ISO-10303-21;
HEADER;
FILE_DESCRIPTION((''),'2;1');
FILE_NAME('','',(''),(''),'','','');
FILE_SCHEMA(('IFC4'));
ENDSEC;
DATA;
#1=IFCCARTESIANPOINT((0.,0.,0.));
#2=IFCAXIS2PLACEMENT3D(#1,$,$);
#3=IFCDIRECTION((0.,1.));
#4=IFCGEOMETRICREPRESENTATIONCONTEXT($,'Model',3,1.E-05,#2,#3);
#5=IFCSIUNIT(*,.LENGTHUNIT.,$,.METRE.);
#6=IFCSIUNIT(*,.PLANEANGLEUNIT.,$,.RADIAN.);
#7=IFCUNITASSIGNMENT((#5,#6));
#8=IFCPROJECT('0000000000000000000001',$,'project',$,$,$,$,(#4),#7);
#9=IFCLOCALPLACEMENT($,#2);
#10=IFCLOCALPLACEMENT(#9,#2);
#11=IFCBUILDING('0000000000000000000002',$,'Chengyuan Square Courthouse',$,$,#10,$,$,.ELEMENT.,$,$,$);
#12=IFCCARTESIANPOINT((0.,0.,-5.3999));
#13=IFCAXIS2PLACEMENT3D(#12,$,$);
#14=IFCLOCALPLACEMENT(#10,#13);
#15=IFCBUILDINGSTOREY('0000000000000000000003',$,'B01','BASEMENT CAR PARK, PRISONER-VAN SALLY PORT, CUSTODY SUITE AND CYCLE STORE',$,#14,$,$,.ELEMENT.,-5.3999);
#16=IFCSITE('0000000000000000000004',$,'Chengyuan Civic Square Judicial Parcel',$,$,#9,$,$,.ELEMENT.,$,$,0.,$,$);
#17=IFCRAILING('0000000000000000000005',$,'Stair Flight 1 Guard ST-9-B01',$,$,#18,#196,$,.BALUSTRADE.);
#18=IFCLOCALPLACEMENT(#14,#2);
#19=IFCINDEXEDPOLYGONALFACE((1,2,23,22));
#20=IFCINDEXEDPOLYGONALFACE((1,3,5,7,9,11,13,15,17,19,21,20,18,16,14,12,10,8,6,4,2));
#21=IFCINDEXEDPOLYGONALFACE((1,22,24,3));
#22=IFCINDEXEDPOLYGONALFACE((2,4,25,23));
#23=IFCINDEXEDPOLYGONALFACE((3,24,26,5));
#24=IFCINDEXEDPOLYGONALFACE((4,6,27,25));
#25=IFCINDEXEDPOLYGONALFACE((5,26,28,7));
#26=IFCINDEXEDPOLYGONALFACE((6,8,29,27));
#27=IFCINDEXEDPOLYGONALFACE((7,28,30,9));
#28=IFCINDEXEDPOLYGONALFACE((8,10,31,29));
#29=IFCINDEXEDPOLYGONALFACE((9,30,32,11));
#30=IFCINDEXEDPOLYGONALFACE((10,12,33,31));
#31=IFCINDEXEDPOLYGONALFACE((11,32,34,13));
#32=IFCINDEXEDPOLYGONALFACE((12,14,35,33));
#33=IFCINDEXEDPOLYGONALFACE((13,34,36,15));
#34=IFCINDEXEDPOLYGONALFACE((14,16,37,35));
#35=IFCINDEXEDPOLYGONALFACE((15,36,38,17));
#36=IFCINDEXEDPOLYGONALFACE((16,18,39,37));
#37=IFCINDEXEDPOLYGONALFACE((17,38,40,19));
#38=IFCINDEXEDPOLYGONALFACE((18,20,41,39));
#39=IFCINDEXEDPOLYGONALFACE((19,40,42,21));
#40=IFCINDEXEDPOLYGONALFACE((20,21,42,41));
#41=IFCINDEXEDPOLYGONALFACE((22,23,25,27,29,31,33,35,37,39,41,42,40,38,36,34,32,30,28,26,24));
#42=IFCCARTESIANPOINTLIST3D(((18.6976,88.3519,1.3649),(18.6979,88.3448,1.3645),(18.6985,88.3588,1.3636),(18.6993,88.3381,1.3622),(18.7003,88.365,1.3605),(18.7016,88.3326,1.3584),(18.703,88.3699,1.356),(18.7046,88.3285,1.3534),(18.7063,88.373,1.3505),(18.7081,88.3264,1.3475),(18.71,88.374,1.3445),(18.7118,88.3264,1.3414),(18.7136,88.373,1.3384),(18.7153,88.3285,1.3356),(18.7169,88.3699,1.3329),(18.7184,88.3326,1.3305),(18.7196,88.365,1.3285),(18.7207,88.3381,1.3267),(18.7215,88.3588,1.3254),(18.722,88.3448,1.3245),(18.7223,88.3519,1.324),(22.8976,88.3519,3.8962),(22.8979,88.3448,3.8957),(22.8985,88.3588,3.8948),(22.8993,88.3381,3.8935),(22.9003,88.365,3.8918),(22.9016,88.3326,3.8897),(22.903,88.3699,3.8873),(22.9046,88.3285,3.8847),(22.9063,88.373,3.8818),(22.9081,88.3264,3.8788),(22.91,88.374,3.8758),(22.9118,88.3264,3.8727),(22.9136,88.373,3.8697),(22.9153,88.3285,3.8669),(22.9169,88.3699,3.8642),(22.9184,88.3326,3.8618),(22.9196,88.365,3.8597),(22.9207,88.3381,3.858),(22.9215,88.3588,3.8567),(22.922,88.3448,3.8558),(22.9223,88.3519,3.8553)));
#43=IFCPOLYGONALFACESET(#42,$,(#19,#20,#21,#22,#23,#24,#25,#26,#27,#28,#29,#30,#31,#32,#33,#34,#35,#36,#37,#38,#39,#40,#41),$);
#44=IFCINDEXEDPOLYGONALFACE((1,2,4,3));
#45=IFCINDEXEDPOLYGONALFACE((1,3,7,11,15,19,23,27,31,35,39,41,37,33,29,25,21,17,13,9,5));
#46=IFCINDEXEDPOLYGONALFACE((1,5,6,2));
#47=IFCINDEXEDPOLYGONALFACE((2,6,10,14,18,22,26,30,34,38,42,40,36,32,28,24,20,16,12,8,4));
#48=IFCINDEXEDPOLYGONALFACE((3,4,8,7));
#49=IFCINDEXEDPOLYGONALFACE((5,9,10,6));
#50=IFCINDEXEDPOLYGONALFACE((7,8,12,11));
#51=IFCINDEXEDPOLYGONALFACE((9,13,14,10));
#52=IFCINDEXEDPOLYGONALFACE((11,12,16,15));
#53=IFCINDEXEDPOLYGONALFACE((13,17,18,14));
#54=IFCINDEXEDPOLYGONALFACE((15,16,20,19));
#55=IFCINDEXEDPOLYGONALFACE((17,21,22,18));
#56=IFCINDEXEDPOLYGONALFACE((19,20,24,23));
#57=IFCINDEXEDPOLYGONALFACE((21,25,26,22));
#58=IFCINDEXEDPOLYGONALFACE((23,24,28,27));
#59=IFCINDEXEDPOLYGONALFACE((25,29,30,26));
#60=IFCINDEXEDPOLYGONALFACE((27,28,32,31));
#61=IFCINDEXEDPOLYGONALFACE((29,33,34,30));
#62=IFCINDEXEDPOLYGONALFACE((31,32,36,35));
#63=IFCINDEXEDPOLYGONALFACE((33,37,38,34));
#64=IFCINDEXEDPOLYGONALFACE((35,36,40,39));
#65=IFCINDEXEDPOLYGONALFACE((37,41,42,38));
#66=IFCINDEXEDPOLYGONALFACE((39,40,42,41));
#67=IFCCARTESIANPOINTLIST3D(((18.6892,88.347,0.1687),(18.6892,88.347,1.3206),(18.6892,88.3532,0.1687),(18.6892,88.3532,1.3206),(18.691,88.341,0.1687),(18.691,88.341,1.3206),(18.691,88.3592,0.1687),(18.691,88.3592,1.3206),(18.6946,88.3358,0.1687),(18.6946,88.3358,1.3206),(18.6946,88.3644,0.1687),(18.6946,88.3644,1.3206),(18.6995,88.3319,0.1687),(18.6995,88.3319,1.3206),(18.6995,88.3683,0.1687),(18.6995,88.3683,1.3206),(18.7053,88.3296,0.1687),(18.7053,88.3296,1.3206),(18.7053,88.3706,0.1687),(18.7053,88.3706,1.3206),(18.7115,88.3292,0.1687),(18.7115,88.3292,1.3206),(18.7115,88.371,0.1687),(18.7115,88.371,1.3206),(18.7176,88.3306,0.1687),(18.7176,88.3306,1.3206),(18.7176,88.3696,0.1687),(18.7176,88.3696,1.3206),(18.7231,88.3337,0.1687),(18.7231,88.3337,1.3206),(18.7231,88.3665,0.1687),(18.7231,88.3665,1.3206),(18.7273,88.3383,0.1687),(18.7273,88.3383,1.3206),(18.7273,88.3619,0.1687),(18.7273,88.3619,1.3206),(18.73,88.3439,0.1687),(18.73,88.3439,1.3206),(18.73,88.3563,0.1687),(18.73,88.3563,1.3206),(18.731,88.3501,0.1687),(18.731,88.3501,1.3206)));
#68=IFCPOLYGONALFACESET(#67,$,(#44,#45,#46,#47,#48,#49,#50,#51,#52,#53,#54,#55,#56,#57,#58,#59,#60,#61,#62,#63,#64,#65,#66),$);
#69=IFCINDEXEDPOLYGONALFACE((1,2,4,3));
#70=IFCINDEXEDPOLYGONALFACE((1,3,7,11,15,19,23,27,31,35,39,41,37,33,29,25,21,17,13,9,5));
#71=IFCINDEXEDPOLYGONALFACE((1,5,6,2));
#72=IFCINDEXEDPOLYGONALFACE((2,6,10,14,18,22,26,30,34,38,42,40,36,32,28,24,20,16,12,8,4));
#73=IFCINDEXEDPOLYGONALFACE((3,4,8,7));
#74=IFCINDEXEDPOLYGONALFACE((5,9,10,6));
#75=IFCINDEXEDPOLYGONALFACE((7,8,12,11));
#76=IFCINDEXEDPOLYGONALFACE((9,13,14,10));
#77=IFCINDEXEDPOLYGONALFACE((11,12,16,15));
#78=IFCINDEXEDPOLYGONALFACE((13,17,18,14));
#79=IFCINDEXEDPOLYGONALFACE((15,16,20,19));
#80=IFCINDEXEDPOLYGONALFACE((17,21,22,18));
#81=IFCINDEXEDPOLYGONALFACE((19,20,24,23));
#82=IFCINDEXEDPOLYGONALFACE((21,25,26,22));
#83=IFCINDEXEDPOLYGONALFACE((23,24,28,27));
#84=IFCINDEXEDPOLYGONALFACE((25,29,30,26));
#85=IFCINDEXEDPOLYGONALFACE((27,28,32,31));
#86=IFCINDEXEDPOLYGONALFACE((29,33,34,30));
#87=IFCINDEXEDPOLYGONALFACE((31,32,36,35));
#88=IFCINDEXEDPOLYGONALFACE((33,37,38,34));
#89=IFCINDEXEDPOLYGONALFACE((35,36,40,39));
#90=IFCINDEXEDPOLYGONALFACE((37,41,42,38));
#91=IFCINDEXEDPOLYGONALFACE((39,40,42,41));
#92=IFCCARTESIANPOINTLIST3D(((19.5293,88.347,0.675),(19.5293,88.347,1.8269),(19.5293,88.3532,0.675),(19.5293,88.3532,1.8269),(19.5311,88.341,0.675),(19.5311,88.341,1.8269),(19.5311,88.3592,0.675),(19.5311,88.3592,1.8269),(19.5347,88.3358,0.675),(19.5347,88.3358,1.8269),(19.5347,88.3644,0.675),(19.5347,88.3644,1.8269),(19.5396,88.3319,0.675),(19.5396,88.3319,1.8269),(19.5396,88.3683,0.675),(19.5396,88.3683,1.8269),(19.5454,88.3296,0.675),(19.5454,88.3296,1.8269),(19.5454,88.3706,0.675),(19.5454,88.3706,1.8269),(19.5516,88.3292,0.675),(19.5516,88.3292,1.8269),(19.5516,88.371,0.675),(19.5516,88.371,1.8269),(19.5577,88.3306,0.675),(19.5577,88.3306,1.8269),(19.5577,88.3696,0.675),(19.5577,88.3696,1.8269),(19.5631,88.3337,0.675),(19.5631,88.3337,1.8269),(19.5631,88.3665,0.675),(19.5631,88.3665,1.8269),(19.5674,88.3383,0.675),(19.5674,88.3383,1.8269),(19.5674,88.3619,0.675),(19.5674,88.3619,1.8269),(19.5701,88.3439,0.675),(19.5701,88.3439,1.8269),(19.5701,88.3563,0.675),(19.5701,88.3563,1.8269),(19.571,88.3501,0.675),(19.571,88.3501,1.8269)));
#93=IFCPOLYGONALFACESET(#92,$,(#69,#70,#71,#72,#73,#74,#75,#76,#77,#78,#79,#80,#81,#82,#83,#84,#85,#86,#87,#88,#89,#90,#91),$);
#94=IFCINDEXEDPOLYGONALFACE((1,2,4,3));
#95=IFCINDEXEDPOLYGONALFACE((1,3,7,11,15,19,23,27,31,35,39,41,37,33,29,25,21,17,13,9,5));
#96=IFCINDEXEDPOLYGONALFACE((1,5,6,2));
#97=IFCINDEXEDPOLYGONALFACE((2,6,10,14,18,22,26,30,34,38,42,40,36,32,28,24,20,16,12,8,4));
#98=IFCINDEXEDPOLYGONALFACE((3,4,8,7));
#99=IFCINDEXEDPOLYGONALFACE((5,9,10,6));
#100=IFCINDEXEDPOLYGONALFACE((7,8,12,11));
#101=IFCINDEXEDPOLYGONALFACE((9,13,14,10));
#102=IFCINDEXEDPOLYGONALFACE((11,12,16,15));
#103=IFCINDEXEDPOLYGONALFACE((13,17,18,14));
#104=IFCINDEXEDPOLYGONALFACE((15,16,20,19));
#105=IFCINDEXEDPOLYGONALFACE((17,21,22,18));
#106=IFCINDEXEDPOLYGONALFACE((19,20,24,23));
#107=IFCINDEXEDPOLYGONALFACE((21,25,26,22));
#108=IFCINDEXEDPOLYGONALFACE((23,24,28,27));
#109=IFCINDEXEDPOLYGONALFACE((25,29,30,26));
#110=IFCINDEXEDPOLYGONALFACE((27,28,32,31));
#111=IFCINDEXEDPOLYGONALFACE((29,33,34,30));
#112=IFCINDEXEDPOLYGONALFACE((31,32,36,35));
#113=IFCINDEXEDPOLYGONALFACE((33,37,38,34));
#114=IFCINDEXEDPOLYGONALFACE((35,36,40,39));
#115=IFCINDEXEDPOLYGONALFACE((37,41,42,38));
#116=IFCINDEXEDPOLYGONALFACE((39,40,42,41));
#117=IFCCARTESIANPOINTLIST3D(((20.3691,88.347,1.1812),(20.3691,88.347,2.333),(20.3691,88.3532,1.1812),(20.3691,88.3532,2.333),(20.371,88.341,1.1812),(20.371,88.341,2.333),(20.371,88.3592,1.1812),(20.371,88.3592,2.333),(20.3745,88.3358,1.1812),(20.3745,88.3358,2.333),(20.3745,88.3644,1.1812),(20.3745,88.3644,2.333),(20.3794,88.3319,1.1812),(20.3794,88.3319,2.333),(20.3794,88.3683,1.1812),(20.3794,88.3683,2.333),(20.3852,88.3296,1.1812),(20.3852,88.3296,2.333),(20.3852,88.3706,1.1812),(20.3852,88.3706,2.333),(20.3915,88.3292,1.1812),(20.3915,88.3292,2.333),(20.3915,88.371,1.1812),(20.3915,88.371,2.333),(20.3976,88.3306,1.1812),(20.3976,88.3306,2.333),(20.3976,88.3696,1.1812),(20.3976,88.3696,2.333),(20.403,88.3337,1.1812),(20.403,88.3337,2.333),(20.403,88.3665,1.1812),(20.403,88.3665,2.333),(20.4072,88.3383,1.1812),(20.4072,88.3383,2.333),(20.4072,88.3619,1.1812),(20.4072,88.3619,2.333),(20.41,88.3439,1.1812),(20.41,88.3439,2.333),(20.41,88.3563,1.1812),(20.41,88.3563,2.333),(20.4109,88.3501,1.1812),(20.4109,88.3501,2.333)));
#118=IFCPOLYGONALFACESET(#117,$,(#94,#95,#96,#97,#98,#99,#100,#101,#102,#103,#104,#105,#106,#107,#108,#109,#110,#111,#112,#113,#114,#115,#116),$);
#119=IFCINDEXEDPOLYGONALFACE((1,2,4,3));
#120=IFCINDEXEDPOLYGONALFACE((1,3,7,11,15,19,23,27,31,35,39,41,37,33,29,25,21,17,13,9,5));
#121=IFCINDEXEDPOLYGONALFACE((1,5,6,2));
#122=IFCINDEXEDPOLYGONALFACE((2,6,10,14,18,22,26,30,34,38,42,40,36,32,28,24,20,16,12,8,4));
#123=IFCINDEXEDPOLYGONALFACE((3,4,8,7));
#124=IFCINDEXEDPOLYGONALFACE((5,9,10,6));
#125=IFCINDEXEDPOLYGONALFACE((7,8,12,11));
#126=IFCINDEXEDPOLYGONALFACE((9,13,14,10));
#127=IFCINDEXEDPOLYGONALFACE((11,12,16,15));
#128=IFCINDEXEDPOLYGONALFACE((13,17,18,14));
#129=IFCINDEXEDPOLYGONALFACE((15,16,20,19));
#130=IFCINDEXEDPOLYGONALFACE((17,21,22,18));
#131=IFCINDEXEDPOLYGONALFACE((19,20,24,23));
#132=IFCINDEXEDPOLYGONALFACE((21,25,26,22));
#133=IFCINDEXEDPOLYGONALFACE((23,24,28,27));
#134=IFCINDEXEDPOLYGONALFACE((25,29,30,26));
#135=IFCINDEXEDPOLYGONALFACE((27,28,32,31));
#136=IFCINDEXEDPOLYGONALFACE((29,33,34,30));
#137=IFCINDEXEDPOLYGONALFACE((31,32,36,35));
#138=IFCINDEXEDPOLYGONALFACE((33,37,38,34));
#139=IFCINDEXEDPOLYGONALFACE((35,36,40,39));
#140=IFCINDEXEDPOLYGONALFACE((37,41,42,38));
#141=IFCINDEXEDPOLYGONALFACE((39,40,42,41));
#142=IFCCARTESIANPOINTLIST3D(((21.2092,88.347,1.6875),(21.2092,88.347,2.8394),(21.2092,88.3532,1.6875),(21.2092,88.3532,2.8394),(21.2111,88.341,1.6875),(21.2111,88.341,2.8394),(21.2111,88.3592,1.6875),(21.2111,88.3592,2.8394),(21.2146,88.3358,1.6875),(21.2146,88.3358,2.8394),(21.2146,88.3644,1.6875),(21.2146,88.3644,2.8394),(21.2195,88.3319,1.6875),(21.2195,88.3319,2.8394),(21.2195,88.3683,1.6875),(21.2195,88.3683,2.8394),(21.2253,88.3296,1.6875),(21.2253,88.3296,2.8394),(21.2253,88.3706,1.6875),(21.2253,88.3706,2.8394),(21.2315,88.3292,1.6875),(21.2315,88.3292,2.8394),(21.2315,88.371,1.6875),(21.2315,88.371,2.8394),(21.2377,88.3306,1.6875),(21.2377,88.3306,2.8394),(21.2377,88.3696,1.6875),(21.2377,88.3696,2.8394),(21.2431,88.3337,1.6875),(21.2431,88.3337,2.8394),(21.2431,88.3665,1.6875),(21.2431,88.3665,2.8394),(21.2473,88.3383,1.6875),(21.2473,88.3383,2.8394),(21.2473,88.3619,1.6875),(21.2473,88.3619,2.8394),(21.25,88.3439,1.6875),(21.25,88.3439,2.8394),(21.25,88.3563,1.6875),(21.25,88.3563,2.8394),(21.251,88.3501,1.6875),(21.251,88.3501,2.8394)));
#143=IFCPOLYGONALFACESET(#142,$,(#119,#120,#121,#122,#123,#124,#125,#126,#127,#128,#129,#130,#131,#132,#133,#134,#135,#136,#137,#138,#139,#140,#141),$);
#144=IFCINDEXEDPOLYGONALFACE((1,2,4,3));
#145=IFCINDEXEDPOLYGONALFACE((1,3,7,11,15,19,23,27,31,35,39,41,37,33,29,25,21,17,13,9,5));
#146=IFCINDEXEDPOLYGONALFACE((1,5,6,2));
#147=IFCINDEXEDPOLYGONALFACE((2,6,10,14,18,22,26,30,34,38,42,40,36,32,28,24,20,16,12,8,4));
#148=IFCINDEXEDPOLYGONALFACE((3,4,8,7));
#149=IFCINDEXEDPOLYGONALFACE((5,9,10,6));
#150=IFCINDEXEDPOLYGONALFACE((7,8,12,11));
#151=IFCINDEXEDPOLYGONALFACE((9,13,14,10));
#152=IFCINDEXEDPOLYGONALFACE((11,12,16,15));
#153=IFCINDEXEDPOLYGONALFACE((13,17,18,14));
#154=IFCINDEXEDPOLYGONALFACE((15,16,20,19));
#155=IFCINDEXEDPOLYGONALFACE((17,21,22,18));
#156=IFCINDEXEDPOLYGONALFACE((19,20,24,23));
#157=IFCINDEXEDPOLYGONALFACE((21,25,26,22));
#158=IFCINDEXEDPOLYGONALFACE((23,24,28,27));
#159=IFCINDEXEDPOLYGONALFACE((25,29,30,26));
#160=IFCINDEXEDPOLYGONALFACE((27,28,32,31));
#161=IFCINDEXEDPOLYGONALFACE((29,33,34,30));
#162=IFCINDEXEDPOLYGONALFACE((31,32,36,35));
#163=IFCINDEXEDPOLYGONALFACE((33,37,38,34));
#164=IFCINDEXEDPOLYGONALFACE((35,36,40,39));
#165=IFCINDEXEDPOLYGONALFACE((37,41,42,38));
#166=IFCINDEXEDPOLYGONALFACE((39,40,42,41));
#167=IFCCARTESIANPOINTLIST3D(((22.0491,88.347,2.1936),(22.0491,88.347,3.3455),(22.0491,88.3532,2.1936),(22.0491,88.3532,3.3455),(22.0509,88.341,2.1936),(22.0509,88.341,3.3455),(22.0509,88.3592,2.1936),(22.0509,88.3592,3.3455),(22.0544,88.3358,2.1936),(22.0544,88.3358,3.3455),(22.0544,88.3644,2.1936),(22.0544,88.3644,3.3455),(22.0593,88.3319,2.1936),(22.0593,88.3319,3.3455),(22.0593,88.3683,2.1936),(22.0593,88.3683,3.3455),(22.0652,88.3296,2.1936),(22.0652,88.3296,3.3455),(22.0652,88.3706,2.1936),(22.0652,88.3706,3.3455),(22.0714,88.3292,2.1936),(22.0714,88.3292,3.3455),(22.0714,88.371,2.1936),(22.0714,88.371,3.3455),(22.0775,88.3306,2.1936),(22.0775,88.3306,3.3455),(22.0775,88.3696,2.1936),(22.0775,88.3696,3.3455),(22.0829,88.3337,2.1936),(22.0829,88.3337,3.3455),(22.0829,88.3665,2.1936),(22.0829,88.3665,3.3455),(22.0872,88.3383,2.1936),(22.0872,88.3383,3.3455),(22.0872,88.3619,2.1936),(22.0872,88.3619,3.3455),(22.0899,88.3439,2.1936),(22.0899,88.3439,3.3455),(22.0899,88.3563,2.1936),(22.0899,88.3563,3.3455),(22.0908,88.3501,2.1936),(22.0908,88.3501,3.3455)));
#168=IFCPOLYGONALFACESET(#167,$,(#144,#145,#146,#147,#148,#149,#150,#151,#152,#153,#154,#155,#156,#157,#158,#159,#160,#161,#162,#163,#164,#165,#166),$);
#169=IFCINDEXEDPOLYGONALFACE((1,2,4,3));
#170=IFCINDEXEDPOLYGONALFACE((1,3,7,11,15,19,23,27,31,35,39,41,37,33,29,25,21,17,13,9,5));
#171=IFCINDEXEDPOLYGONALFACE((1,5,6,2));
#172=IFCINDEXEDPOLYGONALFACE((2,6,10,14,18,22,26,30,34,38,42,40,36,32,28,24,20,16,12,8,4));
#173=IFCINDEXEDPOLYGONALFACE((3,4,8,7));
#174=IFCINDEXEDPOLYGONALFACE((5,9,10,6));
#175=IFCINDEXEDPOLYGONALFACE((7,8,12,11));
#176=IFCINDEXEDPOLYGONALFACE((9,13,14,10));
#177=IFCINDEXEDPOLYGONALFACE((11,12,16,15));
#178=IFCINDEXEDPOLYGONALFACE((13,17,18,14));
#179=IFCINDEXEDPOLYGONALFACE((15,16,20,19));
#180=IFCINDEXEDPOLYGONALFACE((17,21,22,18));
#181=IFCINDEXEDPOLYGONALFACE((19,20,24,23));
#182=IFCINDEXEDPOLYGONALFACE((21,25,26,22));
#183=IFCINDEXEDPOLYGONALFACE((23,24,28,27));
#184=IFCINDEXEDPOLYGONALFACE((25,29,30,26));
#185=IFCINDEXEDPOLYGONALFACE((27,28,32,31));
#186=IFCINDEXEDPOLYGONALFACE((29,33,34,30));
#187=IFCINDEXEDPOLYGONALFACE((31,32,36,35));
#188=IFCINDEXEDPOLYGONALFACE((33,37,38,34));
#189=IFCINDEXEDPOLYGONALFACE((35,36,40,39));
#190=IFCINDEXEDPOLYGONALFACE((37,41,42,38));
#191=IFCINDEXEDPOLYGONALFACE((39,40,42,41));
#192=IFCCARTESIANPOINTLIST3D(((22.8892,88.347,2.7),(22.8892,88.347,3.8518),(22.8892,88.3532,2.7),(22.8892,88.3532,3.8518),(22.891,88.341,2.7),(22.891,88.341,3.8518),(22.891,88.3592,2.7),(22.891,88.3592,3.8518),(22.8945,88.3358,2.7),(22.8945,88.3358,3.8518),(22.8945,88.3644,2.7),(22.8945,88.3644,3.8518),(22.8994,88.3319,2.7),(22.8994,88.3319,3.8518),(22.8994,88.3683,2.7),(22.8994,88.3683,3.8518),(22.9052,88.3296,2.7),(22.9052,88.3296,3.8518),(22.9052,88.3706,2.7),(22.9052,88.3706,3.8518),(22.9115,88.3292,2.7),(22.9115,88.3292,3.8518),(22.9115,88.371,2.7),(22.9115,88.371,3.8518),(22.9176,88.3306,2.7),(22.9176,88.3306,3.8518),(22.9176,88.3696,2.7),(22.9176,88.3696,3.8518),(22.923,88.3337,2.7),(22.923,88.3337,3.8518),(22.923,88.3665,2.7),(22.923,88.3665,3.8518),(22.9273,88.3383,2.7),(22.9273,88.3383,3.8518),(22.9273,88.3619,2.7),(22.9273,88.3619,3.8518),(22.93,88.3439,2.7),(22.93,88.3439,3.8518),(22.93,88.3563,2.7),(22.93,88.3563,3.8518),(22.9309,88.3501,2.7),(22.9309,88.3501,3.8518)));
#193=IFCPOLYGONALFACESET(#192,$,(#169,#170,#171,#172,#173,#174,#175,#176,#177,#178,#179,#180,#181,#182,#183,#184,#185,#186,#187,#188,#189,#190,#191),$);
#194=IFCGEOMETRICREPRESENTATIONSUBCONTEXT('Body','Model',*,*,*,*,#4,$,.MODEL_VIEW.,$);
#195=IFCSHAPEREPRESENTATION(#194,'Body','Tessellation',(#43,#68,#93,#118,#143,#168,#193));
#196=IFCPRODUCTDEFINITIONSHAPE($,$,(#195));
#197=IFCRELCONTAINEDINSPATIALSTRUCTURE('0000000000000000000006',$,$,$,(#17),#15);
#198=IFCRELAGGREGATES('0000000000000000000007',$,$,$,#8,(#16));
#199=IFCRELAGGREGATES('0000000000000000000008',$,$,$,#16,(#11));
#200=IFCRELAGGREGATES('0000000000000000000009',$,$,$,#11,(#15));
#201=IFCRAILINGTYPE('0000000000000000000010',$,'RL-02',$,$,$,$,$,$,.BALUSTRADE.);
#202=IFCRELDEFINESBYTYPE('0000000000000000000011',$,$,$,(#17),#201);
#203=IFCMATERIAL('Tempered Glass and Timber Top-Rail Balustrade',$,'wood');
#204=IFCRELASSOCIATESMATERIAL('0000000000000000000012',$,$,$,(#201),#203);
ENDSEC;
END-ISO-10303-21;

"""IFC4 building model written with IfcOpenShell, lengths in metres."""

from ifc_helpers import new_model, si_unit, direction, frame, origin, origin_2d, place, context, subcontext, project, spatial, circle, extrude, material, type_object, element, save


model = new_model("IFC4")

# Units and contexts
model_context = context("Model", 3, precision=1e-05, world=origin(), true_north=direction((0.0, 1.0)))
body_context = subcontext(model_context, "Body", "Model", "MODEL_VIEW")
ifc_project = project(units=[si_unit("LENGTHUNIT", "METRE"), si_unit("PLANEANGLEUNIT", "RADIAN")], contexts=[model_context])

# Site, building, storey
site_placement = place(None, origin())
site = spatial("IfcSite", under=ifc_project, at=site_placement, Name="Chengyuan Civic Square Judicial Parcel", CompositionType="ELEMENT", RefElevation=0.0)
building_placement = place(site_placement, origin())
building = spatial("IfcBuilding", under=site, at=building_placement, Name="Chengyuan Square Courthouse", CompositionType="ELEMENT")
storey_placement = place(building_placement, frame((0.0, 0.0, -5.3999)))
storey = spatial("IfcBuildingStorey", under=building, at=storey_placement, Name="B01", Description="BASEMENT CAR PARK, PRISONER-VAN SALLY PORT, CUSTODY SUITE AND CYCLE STORE", CompositionType="ELEMENT", Elevation=-5.3999)

# Railing
ifc_material_1 = material(Name="Tempered Glass and Timber Top-Rail Balustrade", Category="wood")
railing_type_1 = type_object("IfcRailingType", Name="RL-02", PredefinedType="BALUSTRADE", material=ifc_material_1)
railing_1_placement = place(storey_placement, frame((18.71, 88.3501, 0.1687)))
element("IfcRailing", 1, at=railing_1_placement, inside=storey, type_object=railing_type_1, Name="Stair Flight 1 Guard ST-9-B01", PredefinedType="BALUSTRADE", context=body_context, shape_type="SweptSolid", body=[
    extrude(circle(Radius=0.0239, at=origin_2d()), frame((0.0, 0.0, 1.1758), z_axis=(0.856476, 0.0, 0.516186), x_axis=(0.0, 1.0, 0.0)), (0.0, 0.0, 1.0), 4.9038),
    extrude(circle(Radius=0.021, at=origin_2d()), origin(), (0.0, 0.0, 1.0), 1.1519),
    extrude(circle(Radius=0.021, at=origin_2d()), frame((0.8401, 0.0, 0.5063)), (0.0, 0.0, 1.0), 1.1519),
    extrude(circle(Radius=0.021, at=origin_2d()), frame((1.6799, 0.0, 1.0125)), (0.0, 0.0, 1.0), 1.1519),
    extrude(circle(Radius=0.021, at=origin_2d()), frame((2.52, 0.0, 1.5188)), (0.0, 0.0, 1.0), 1.1519),
    extrude(circle(Radius=0.021, at=origin_2d()), frame((3.3599, 0.0, 2.0249)), (0.0, 0.0, 1.0), 1.1519),
    extrude(circle(Radius=0.021, at=origin_2d()), frame((4.2, 0.0, 2.5312)), (0.0, 0.0, 1.0), 1.1519),
])

save(model, "model.ifc")
